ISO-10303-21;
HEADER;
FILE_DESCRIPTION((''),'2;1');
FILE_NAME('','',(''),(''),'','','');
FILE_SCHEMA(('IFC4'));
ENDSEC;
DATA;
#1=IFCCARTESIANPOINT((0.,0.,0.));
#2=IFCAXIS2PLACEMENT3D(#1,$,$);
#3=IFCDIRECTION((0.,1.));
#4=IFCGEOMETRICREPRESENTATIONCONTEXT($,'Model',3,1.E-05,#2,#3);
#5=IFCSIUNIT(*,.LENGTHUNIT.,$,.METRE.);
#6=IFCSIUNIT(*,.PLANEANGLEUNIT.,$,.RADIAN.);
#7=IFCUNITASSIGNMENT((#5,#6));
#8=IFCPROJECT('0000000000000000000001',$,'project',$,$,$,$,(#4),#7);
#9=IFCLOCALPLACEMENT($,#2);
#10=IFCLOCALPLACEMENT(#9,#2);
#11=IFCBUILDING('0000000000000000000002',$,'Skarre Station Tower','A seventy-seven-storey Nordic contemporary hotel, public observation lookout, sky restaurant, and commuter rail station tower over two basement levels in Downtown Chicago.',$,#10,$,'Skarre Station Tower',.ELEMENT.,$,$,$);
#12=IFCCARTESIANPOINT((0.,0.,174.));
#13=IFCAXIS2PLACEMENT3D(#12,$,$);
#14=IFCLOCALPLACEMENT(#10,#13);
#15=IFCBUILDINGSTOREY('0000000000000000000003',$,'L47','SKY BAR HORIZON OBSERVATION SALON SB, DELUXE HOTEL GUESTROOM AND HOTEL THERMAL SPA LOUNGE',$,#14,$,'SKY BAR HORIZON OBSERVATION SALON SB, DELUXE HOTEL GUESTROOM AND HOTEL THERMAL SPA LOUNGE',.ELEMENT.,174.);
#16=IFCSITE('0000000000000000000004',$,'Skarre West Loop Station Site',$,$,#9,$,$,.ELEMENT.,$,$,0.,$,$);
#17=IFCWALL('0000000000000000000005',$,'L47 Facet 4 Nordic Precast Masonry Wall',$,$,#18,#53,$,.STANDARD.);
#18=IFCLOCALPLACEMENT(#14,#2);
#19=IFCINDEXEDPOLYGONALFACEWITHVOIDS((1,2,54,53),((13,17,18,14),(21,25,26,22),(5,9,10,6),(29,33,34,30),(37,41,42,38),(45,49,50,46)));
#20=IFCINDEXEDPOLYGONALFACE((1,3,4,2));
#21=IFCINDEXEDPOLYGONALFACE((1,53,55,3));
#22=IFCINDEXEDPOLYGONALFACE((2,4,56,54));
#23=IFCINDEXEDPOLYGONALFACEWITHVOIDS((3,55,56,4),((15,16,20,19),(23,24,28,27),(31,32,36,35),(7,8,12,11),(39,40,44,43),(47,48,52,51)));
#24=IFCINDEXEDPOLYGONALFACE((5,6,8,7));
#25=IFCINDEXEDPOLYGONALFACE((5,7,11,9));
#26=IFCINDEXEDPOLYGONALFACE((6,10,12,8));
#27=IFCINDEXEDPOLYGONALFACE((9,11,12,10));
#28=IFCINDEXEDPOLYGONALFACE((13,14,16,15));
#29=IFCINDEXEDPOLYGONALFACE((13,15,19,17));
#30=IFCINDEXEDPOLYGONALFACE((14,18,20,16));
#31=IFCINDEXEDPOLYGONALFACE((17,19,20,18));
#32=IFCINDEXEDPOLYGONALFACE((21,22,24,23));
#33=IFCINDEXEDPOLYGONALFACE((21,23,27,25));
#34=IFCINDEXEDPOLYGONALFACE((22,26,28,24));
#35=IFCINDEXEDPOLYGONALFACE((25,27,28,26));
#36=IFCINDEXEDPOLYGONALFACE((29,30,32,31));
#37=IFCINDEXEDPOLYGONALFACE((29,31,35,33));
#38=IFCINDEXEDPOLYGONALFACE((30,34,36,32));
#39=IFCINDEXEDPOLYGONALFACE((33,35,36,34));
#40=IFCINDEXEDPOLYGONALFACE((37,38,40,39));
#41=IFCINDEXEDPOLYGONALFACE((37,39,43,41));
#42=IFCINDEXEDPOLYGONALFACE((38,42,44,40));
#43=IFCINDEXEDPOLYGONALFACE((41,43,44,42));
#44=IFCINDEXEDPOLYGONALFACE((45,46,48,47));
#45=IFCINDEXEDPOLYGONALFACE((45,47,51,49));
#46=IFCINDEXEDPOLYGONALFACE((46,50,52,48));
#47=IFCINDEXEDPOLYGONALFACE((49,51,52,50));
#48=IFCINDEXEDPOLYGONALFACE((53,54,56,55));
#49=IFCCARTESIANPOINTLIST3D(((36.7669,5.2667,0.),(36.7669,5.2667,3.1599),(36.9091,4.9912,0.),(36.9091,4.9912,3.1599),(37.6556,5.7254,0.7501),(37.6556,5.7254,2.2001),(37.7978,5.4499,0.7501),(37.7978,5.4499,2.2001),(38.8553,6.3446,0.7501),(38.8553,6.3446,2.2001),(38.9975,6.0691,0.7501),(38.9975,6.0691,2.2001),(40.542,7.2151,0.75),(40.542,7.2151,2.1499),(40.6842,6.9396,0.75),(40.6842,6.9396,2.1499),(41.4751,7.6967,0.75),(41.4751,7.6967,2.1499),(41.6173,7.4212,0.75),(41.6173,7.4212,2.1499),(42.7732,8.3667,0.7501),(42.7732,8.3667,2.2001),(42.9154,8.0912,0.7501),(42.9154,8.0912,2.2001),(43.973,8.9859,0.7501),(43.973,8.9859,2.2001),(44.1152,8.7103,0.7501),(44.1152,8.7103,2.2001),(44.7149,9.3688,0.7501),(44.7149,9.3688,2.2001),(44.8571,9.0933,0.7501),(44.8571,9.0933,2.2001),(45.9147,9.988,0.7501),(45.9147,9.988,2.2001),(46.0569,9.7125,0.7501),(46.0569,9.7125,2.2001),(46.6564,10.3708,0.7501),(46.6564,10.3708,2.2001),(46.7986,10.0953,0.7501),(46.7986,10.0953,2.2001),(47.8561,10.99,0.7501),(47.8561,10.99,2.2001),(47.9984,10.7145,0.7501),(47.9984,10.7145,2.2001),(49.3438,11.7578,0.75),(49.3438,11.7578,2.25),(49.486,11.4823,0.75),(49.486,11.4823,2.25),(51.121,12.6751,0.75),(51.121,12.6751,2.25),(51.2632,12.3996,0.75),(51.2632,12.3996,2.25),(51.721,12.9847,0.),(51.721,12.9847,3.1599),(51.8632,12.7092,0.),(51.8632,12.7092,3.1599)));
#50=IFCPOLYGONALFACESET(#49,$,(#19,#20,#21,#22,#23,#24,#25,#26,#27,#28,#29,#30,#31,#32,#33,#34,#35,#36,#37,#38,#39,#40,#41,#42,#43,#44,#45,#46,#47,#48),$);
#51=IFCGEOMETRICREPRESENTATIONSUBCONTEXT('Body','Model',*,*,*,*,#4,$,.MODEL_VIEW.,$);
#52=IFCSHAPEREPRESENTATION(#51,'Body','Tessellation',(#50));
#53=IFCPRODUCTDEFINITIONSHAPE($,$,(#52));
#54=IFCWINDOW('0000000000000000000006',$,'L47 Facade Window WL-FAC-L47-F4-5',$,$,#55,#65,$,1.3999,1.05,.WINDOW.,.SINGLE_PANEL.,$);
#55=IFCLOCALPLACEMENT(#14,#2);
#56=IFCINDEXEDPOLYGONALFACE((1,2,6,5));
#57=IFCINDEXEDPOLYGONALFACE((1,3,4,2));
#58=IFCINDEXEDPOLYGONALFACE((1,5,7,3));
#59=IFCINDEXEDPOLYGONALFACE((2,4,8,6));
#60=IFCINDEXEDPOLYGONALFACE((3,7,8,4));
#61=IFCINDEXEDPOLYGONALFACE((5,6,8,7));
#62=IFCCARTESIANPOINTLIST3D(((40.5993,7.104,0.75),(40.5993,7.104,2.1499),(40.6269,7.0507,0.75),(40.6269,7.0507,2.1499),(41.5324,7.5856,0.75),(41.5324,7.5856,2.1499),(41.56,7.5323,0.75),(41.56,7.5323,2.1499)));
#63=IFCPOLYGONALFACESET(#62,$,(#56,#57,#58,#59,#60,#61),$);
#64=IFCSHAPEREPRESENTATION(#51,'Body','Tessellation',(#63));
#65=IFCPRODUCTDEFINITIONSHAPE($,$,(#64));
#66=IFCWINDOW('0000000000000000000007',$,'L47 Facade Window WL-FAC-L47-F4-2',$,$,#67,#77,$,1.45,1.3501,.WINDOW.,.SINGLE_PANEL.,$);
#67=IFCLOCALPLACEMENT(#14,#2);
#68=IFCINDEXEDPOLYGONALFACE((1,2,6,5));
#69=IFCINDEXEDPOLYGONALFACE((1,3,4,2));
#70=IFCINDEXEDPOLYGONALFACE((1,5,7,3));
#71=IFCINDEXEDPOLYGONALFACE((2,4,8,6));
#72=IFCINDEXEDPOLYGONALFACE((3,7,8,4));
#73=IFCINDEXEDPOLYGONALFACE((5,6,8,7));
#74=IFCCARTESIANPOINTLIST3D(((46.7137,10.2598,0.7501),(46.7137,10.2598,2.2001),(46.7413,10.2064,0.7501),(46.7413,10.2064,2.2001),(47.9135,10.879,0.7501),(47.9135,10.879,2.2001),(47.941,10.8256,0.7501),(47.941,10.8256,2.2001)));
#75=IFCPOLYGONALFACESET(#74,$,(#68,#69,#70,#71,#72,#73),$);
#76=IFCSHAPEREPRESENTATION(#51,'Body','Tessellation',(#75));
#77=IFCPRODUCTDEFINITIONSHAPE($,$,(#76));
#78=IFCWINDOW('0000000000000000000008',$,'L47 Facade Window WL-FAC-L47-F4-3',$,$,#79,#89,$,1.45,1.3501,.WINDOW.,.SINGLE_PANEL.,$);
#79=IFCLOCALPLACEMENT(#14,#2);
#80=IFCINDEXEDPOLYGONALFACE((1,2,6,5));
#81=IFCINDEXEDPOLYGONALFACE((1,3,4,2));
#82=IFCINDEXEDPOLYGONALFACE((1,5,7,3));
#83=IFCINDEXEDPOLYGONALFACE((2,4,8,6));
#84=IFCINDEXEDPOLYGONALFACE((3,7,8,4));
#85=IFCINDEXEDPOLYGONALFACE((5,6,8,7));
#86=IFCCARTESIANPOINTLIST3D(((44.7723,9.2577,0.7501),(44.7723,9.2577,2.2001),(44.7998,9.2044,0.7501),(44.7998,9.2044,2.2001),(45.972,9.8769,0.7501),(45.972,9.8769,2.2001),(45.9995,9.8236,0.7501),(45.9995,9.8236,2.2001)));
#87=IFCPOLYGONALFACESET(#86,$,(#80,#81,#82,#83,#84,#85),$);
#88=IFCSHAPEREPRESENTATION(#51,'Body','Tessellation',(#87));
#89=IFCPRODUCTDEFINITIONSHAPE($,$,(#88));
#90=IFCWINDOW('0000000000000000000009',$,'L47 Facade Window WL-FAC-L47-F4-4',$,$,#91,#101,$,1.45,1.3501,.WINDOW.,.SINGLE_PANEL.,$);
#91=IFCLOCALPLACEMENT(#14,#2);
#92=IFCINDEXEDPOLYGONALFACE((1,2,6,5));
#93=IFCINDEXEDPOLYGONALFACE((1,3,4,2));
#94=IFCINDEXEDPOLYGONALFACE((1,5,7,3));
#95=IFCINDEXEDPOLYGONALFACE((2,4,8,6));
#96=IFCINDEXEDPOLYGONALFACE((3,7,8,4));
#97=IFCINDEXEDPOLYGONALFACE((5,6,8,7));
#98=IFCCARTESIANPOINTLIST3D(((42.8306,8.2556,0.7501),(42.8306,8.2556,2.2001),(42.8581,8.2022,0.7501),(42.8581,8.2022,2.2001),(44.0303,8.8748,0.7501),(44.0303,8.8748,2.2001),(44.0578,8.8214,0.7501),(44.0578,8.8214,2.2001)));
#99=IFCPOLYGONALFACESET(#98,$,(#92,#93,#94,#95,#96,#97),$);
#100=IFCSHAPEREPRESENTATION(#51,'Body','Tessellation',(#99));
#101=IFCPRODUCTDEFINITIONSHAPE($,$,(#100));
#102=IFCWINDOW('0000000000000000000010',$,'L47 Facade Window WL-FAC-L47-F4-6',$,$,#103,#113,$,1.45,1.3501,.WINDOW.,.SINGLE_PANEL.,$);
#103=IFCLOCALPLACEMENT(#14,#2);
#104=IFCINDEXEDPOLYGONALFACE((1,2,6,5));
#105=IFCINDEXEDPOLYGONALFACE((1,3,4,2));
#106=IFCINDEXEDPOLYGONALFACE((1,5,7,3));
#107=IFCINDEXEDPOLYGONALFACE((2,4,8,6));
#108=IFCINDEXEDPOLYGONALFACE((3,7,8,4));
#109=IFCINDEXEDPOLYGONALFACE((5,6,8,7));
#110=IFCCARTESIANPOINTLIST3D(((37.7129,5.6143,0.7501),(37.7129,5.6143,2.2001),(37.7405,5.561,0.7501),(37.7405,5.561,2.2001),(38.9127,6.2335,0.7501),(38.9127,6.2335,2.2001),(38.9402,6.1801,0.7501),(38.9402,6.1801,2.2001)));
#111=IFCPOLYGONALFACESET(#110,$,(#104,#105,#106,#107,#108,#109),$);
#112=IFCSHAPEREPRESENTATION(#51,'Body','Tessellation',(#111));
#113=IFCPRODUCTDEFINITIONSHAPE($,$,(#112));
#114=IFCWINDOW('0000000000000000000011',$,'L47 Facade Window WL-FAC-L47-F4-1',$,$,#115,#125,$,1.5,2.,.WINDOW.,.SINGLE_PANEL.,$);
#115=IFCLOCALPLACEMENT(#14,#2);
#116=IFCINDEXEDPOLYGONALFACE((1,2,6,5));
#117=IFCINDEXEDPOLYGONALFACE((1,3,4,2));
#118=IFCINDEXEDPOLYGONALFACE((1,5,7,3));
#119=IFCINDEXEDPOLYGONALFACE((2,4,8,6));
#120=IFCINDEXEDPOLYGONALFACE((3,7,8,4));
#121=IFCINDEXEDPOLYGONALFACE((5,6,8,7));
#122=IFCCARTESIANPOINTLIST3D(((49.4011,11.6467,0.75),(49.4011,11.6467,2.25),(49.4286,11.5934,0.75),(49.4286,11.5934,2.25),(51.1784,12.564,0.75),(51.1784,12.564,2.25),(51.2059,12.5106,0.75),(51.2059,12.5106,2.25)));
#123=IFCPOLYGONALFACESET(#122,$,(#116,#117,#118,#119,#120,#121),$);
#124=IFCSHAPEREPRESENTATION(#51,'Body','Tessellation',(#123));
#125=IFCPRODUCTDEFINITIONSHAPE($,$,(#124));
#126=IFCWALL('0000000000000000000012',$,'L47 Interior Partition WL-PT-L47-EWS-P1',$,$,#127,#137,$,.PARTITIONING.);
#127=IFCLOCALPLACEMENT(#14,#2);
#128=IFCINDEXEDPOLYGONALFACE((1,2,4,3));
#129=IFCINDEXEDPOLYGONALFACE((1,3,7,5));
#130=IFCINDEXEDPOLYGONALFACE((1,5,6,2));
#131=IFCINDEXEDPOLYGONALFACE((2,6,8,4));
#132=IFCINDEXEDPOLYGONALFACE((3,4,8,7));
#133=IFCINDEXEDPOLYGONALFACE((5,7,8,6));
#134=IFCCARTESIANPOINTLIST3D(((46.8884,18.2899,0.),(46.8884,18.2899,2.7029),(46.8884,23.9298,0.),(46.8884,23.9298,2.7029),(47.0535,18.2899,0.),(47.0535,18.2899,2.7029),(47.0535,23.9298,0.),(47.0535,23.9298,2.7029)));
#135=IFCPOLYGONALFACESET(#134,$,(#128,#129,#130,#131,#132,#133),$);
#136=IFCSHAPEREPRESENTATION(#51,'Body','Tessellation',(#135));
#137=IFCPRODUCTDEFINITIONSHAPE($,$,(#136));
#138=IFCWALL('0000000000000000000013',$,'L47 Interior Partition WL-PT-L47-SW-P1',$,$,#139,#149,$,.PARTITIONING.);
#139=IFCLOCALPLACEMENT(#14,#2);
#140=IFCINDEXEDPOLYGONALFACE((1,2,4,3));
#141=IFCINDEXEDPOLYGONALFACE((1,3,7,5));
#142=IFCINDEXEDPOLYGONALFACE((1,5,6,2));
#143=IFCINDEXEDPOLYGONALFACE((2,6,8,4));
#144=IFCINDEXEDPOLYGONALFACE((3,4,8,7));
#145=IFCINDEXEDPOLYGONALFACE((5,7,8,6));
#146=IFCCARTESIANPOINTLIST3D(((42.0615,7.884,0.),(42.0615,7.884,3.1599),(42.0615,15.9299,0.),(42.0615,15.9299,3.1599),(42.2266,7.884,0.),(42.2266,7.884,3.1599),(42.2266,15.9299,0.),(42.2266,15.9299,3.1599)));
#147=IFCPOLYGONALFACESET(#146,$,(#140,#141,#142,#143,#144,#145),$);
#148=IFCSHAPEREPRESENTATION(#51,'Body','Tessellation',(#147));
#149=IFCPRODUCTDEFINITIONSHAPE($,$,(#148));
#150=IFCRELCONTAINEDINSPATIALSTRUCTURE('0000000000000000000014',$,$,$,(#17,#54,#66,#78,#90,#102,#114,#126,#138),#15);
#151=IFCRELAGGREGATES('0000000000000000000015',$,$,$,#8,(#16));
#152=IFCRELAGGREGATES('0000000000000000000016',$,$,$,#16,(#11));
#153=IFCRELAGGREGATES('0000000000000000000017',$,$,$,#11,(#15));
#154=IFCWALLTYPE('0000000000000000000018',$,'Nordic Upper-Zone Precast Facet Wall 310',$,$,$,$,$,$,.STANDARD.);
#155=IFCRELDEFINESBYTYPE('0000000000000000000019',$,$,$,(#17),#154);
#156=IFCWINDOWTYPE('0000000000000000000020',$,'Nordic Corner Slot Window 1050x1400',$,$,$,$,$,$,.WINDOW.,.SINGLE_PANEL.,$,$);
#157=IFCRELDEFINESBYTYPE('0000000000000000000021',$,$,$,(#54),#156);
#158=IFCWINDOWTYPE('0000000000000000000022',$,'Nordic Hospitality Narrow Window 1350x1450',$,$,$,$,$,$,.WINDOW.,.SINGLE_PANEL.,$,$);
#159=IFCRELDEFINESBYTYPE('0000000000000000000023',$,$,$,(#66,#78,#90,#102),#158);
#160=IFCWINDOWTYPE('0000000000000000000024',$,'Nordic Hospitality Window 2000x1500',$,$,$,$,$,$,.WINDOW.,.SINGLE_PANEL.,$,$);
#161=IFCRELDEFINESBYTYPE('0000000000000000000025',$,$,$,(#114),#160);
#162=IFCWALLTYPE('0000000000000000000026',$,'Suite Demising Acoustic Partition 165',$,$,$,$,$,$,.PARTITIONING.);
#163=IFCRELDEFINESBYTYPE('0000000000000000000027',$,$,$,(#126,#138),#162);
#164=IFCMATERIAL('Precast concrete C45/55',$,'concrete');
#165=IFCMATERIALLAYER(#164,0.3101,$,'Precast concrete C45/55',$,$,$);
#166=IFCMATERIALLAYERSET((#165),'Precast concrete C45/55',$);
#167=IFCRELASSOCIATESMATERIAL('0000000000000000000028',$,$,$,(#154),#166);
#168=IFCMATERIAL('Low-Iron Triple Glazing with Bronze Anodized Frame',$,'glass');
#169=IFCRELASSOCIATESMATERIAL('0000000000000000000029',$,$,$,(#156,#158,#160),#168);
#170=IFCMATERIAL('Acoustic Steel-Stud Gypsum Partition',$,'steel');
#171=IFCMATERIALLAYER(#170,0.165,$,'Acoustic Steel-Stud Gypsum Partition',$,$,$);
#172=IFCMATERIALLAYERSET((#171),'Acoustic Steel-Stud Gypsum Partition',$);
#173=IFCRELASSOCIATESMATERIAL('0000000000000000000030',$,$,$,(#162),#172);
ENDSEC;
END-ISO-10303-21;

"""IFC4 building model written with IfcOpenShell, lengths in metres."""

from ifc_helpers import new_model, si_unit, direction, frame, frame_2d, origin, place, context, subcontext, project, spatial, rectangle, extrude, material, layer, layer_set, type_object, element, fill, save


model = new_model("IFC4")

# Units and contexts
model_context = context("Model", 3, precision=1e-05, world=origin(), true_north=direction((0.0, 1.0)))
body_context = subcontext(model_context, "Body", "Model", "MODEL_VIEW")
ifc_project = project(units=[si_unit("LENGTHUNIT", "METRE"), si_unit("PLANEANGLEUNIT", "RADIAN")], contexts=[model_context])

# Site, building, storey
site_placement = place(None, origin())
site = spatial("IfcSite", under=ifc_project, at=site_placement, Name="Skarre West Loop Station Site", CompositionType="ELEMENT", RefElevation=0.0)
building_placement = place(site_placement, origin())
building = spatial("IfcBuilding", under=site, at=building_placement, Name="Skarre Station Tower", Description="A seventy-seven-storey Nordic contemporary hotel, public observation lookout, sky restaurant, and commuter rail station tower over two basement levels in Downtown Chicago.", LongName="Skarre Station Tower", CompositionType="ELEMENT")
storey_placement = place(building_placement, frame((0.0, 0.0, 174.0)))
storey = spatial("IfcBuildingStorey", under=building, at=storey_placement, Name="L47", Description="SKY BAR HORIZON OBSERVATION SALON SB, DELUXE HOTEL GUESTROOM AND HOTEL THERMAL SPA LOUNGE", LongName="SKY BAR HORIZON OBSERVATION SALON SB, DELUXE HOTEL GUESTROOM AND HOTEL THERMAL SPA LOUNGE", CompositionType="ELEMENT", Elevation=174.0)

# Shared definitions
ifc_material_1 = material(Name="Acoustic Steel-Stud Gypsum Partition", Category="steel")

# Shared definitions
ifc_material_2 = material(Name="Precast concrete C45/55", Category="concrete")

# Wall, openings, windows
ifc_layer_1 = layer(ifc_material_2, 0.3101, Name="Precast concrete C45/55")
ifc_layer_set_1 = layer_set([ifc_layer_1], Name="Precast concrete C45/55")
wall_type_1 = type_object("IfcWallType", Name="Nordic Upper-Zone Precast Facet Wall 310", PredefinedType="STANDARD", material=ifc_layer_set_1)
wall_1_placement = place(storey_placement, frame((51.792, 12.8469, 0.0), z_axis=(0.0, 0.0, 1.0), x_axis=(-0.888626, -0.458632, 0.0)))
wall_1 = element("IfcWall", 1, at=wall_1_placement, inside=storey, type_object=wall_type_1, Name="L47 Facet 4 Nordic Precast Masonry Wall", PredefinedType="STANDARD", context=body_context, shape_type="SweptSolid", body=[
    extrude(rectangle(XDim=16.8284, YDim=0.3101, at=frame_2d((8.4141, 0.0))), origin(), (0.0, 0.0, 1.0), 3.1599),
])
opening_1_placement = place(wall_1_placement, frame((0.675, 0.0, 0.75)))
opening_1 = element("IfcOpeningElement", 2, at=opening_1_placement, cuts=wall_1, PredefinedType="OPENING", context=body_context, shape_type="SweptSolid", body=[
    extrude(rectangle(XDim=2.0, YDim=1.5, at=frame_2d((1.0, 0.75))), frame((0.0, 0.165, 0.0), z_axis=(0.0, -1.0, 0.0), x_axis=(1.0, 0.0, 0.0)), (0.0, 0.0, 1.0), 0.3301),
])
opening_2_placement = place(wall_1_placement, frame((4.3491, 0.0, 0.75)))
opening_2 = element("IfcOpeningElement", 3, at=opening_2_placement, cuts=wall_1, PredefinedType="OPENING", context=body_context, shape_type="SweptSolid", body=[
    extrude(rectangle(XDim=1.3501, YDim=1.45, at=frame_2d((0.675, 0.7251))), frame((0.0, 0.165, 0.0), z_axis=(0.0, -1.0, 0.0), x_axis=(1.0, 0.0, 0.0)), (0.0, 0.0, 1.0), 0.3301),
])
opening_3_placement = place(wall_1_placement, frame((6.5339, 0.0, 0.75)))
opening_3 = element("IfcOpeningElement", 4, at=opening_3_placement, cuts=wall_1, PredefinedType="OPENING", context=body_context, shape_type="SweptSolid", body=[
    extrude(rectangle(XDim=1.3501, YDim=1.45, at=frame_2d((0.675, 0.7251))), frame((0.0, 0.165, 0.0), z_axis=(0.0, -1.0, 0.0), x_axis=(1.0, 0.0, 0.0)), (0.0, 0.0, 1.0), 0.3301),
])
opening_4_placement = place(wall_1_placement, frame((8.719, 0.0, 0.75)))
opening_4 = element("IfcOpeningElement", 5, at=opening_4_placement, cuts=wall_1, PredefinedType="OPENING", context=body_context, shape_type="SweptSolid", body=[
    extrude(rectangle(XDim=1.3501, YDim=1.45, at=frame_2d((0.675, 0.7251))), frame((0.0, 0.165, 0.0), z_axis=(0.0, -1.0, 0.0), x_axis=(1.0, 0.0, 0.0)), (0.0, 0.0, 1.0), 0.3301),
])
opening_5_placement = place(wall_1_placement, frame((11.53, 0.0, 0.75)))
opening_5 = element("IfcOpeningElement", 6, at=opening_5_placement, cuts=wall_1, PredefinedType="OPENING", context=body_context, shape_type="SweptSolid", body=[
    extrude(rectangle(XDim=1.05, YDim=1.3999, at=frame_2d((0.5249, 0.7))), frame((0.0, 0.165, 0.0), z_axis=(0.0, -1.0, 0.0), x_axis=(1.0, 0.0, 0.0)), (0.0, 0.0, 1.0), 0.3301),
])
opening_6_placement = place(wall_1_placement, frame((14.478, 0.0, 0.75)))
opening_6 = element("IfcOpeningElement", 7, at=opening_6_placement, cuts=wall_1, PredefinedType="OPENING", context=body_context, shape_type="SweptSolid", body=[
    extrude(rectangle(XDim=1.3501, YDim=1.45, at=frame_2d((0.675, 0.7251))), frame((0.0, 0.165, 0.0), z_axis=(0.0, -1.0, 0.0), x_axis=(1.0, 0.0, 0.0)), (0.0, 0.0, 1.0), 0.3301),
])
ifc_material_3 = material(Name="Low-Iron Triple Glazing with Bronze Anodized Frame", Category="glass")
window_type_1 = type_object("IfcWindowType", Name="Nordic Corner Slot Window 1050x1400", PartitioningType="SINGLE_PANEL", PredefinedType="WINDOW", material=ifc_material_3)
window_1_placement = place(opening_5_placement, origin())
window_1 = element("IfcWindow", 8, at=window_1_placement, inside=storey, type_object=window_type_1, Name="L47 Facade Window WL-FAC-L47-F4-5", OverallHeight=1.3999, OverallWidth=1.05, PartitioningType="SINGLE_PANEL", PredefinedType="WINDOW", context=body_context, shape_type="SweptSolid", body=[
    extrude(rectangle(XDim=1.05, YDim=1.3999, at=frame_2d((0.5249, 0.7))), frame((0.0, 0.03, 0.0), z_axis=(0.0, -1.0, 0.0), x_axis=(1.0, 0.0, 0.0)), (0.0, 0.0, 1.0), 0.0601),
])
fill(opening_5, window_1)
window_type_2 = type_object("IfcWindowType", Name="Nordic Hospitality Narrow Window 1350x1450", PartitioningType="SINGLE_PANEL", PredefinedType="WINDOW", material=ifc_material_3)
window_2_placement = place(opening_2_placement, origin())
window_2 = element("IfcWindow", 9, at=window_2_placement, inside=storey, type_object=window_type_2, Name="L47 Facade Window WL-FAC-L47-F4-2", OverallHeight=1.45, OverallWidth=1.3501, PartitioningType="SINGLE_PANEL", PredefinedType="WINDOW", context=body_context, shape_type="SweptSolid", body=[
    extrude(rectangle(XDim=1.3501, YDim=1.45, at=frame_2d((0.675, 0.7251))), frame((0.0, 0.03, 0.0), z_axis=(0.0, -1.0, 0.0), x_axis=(1.0, 0.0, 0.0)), (0.0, 0.0, 1.0), 0.0601),
])
fill(opening_2, window_2)
window_3_placement = place(opening_3_placement, origin())
window_3 = element("IfcWindow", 10, at=window_3_placement, inside=storey, type_object=window_type_2, Name="L47 Facade Window WL-FAC-L47-F4-3", OverallHeight=1.45, OverallWidth=1.3501, PartitioningType="SINGLE_PANEL", PredefinedType="WINDOW", context=body_context, shape_type="SweptSolid", body=[
    extrude(rectangle(XDim=1.3501, YDim=1.45, at=frame_2d((0.675, 0.7251))), frame((0.0, 0.03, 0.0), z_axis=(0.0, -1.0, 0.0), x_axis=(1.0, 0.0, 0.0)), (0.0, 0.0, 1.0), 0.0601),
])
fill(opening_3, window_3)
window_4_placement = place(opening_4_placement, origin())
window_4 = element("IfcWindow", 11, at=window_4_placement, inside=storey, type_object=window_type_2, Name="L47 Facade Window WL-FAC-L47-F4-4", OverallHeight=1.45, OverallWidth=1.3501, PartitioningType="SINGLE_PANEL", PredefinedType="WINDOW", context=body_context, shape_type="SweptSolid", body=[
    extrude(rectangle(XDim=1.3501, YDim=1.45, at=frame_2d((0.675, 0.7251))), frame((0.0, 0.03, 0.0), z_axis=(0.0, -1.0, 0.0), x_axis=(1.0, 0.0, 0.0)), (0.0, 0.0, 1.0), 0.0601),
])
fill(opening_4, window_4)
window_5_placement = place(opening_6_placement, origin())
window_5 = element("IfcWindow", 12, at=window_5_placement, inside=storey, type_object=window_type_2, Name="L47 Facade Window WL-FAC-L47-F4-6", OverallHeight=1.45, OverallWidth=1.3501, PartitioningType="SINGLE_PANEL", PredefinedType="WINDOW", context=body_context, shape_type="SweptSolid", body=[
    extrude(rectangle(XDim=1.3501, YDim=1.45, at=frame_2d((0.675, 0.7251))), frame((0.0, 0.03, 0.0), z_axis=(0.0, -1.0, 0.0), x_axis=(1.0, 0.0, 0.0)), (0.0, 0.0, 1.0), 0.0601),
])
fill(opening_6, window_5)
window_type_3 = type_object("IfcWindowType", Name="Nordic Hospitality Window 2000x1500", PartitioningType="SINGLE_PANEL", PredefinedType="WINDOW", material=ifc_material_3)
window_6_placement = place(opening_1_placement, origin())
window_6 = element("IfcWindow", 13, at=window_6_placement, inside=storey, type_object=window_type_3, Name="L47 Facade Window WL-FAC-L47-F4-1", OverallHeight=1.5, OverallWidth=2.0, PartitioningType="SINGLE_PANEL", PredefinedType="WINDOW", context=body_context, shape_type="SweptSolid", body=[
    extrude(rectangle(XDim=2.0, YDim=1.5, at=frame_2d((1.0, 0.75))), frame((0.0, 0.03, 0.0), z_axis=(0.0, -1.0, 0.0), x_axis=(1.0, 0.0, 0.0)), (0.0, 0.0, 1.0), 0.0601),
])
fill(opening_1, window_6)

# Walls
ifc_layer_2 = layer(ifc_material_1, 0.165, Name="Acoustic Steel-Stud Gypsum Partition")
ifc_layer_set_2 = layer_set([ifc_layer_2], Name="Acoustic Steel-Stud Gypsum Partition")
wall_type_2 = type_object("IfcWallType", Name="Suite Demising Acoustic Partition 165", PredefinedType="PARTITIONING", material=ifc_layer_set_2)
wall_2_placement = place(storey_placement, frame((46.9709, 18.29, 0.0), z_axis=(0.0, 0.0, 1.0), x_axis=(0.0, 1.0, 0.0)))
element("IfcWall", 14, at=wall_2_placement, inside=storey, type_object=wall_type_2, Name="L47 Interior Partition WL-PT-L47-EWS-P1", PredefinedType="PARTITIONING", context=body_context, shape_type="SweptSolid", body=[
    extrude(rectangle(XDim=5.6399, YDim=0.165, at=frame_2d((2.8198, 0.0))), origin(), (0.0, 0.0, 1.0), 2.7029),
])
wall_3_placement = place(storey_placement, frame((42.144, 7.884, 0.0), z_axis=(0.0, 0.0, 1.0), x_axis=(0.0, 1.0, 0.0)))
element("IfcWall", 15, at=wall_3_placement, inside=storey, type_object=wall_type_2, Name="L47 Interior Partition WL-PT-L47-SW-P1", PredefinedType="PARTITIONING", context=body_context, shape_type="SweptSolid", body=[
    extrude(rectangle(XDim=8.0459, YDim=0.165, at=frame_2d((4.0229, 0.0))), origin(), (0.0, 0.0, 1.0), 3.1599),
])

save(model, "model.ifc")
